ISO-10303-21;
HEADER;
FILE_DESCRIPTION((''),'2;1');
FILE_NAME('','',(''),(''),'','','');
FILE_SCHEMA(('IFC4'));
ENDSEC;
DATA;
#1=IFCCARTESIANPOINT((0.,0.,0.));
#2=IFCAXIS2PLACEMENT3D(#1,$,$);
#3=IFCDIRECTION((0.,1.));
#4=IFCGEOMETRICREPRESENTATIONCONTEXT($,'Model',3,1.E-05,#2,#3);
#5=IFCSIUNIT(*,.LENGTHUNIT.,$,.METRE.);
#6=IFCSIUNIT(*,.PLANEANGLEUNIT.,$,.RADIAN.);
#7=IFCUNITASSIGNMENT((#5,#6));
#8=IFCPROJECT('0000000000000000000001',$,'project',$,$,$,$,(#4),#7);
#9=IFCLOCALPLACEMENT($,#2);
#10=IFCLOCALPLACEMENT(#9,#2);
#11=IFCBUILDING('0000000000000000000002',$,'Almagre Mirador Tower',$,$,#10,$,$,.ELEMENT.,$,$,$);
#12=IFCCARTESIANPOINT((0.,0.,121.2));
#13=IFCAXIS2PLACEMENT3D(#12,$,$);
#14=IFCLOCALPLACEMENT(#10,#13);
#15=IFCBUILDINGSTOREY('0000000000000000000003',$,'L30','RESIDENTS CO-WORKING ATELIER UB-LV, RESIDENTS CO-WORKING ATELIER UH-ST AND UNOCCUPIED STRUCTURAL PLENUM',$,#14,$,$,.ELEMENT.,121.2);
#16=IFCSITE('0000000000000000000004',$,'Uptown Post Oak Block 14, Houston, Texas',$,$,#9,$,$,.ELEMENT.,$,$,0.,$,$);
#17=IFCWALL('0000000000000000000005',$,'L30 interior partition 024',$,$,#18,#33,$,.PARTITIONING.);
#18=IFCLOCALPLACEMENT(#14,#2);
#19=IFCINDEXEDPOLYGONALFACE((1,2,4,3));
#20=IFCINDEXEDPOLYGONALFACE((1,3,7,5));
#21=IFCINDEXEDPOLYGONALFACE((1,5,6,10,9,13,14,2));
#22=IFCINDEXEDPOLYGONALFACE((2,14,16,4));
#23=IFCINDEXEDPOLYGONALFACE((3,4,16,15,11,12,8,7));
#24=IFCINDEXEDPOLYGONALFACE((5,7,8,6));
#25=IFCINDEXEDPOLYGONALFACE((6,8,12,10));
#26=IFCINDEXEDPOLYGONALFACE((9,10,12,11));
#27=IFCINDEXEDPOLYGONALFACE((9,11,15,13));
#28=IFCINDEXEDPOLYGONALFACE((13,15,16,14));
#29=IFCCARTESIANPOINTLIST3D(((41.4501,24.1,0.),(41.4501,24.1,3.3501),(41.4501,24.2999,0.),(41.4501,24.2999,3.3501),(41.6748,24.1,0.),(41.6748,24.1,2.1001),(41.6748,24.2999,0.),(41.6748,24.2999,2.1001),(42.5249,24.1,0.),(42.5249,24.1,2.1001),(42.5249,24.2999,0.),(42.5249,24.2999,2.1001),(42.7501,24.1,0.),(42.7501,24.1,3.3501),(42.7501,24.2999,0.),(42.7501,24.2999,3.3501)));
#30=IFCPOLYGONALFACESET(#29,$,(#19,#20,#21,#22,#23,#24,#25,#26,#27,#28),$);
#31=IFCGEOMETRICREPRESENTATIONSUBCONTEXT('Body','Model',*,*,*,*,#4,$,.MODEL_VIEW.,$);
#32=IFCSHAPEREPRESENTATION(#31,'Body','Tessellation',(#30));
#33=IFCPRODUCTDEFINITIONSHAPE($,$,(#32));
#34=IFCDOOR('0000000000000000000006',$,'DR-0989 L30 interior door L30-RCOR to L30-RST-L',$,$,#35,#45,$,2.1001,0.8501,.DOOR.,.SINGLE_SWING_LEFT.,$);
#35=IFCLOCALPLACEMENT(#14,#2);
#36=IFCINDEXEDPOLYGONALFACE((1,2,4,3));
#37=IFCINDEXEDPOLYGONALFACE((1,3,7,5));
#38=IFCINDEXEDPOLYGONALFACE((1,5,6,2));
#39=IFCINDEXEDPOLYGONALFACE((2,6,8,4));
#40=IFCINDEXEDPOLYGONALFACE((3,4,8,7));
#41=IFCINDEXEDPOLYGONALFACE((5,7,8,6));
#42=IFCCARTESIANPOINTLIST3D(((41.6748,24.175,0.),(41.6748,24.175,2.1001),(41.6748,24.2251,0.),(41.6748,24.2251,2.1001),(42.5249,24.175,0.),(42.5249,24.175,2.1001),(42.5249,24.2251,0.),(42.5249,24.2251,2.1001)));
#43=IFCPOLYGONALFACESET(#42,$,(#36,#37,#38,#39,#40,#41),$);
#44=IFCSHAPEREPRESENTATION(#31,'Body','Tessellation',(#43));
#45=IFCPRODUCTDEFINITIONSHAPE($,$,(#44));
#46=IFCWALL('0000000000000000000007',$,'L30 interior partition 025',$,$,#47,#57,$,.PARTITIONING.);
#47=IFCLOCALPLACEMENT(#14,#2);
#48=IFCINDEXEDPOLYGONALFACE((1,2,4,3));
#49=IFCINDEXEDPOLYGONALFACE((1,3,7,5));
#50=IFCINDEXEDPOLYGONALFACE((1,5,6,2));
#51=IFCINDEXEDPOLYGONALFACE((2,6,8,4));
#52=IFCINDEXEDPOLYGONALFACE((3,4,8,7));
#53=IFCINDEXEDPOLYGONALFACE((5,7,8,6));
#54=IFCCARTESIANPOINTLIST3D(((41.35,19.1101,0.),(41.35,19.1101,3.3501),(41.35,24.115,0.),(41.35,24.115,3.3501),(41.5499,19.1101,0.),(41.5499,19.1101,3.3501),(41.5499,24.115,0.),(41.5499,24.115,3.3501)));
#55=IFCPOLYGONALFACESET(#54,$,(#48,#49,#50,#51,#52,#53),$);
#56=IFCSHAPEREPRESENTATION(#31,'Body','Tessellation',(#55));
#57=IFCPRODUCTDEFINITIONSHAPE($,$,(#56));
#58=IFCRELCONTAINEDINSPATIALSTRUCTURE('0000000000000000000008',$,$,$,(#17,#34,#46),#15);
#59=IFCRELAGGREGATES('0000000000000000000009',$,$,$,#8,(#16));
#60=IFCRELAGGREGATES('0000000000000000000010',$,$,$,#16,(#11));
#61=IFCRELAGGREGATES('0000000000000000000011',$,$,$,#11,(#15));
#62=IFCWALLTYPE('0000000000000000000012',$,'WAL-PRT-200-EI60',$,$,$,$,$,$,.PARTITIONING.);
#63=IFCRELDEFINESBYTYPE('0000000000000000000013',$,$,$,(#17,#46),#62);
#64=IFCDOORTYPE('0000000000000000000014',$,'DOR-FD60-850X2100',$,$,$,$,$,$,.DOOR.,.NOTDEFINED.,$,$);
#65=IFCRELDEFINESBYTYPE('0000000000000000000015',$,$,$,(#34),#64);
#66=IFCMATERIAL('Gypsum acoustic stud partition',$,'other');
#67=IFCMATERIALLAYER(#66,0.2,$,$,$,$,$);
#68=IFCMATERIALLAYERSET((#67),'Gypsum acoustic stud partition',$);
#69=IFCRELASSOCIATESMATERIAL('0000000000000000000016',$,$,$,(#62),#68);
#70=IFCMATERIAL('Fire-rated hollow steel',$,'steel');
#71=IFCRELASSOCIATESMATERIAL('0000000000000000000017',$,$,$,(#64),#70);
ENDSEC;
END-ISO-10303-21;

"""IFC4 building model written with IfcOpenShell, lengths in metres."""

from ifc_helpers import new_model, si_unit, direction, frame, frame_2d, origin, place, context, subcontext, project, spatial, rectangle, extrude, material, layer, layer_set, type_object, element, fill, save


model = new_model("IFC4")

# Units and contexts
model_context = context("Model", 3, precision=1e-05, world=origin(), true_north=direction((0.0, 1.0)))
body_context = subcontext(model_context, "Body", "Model", "MODEL_VIEW")
ifc_project = project(units=[si_unit("LENGTHUNIT", "METRE"), si_unit("PLANEANGLEUNIT", "RADIAN")], contexts=[model_context])

# Site, building, storey
site_placement = place(None, origin())
site = spatial("IfcSite", under=ifc_project, at=site_placement, Name="Uptown Post Oak Block 14, Houston, Texas", CompositionType="ELEMENT", RefElevation=0.0)
building_placement = place(site_placement, origin())
building = spatial("IfcBuilding", under=site, at=building_placement, Name="Almagre Mirador Tower", CompositionType="ELEMENT")
storey_placement = place(building_placement, frame((0.0, 0.0, 121.2)))
storey = spatial("IfcBuildingStorey", under=building, at=storey_placement, Name="L30", Description="RESIDENTS CO-WORKING ATELIER UB-LV, RESIDENTS CO-WORKING ATELIER UH-ST AND UNOCCUPIED STRUCTURAL PLENUM", CompositionType="ELEMENT", Elevation=121.2)

# Shared definitions
ifc_material_1 = material(Name="Gypsum acoustic stud partition", Category="other")
ifc_layer_1 = layer(ifc_material_1, 0.2)
ifc_layer_set_1 = layer_set([ifc_layer_1], Name="Gypsum acoustic stud partition")
wall_type_1 = type_object("IfcWallType", Name="WAL-PRT-200-EI60", PredefinedType="PARTITIONING", material=ifc_layer_set_1)

# Wall, opening, door
wall_1_placement = place(storey_placement, frame((42.75, 24.2, 0.0), z_axis=(0.0, 0.0, 1.0), x_axis=(-1.0, 0.0, 0.0)))
wall_1 = element("IfcWall", 1, at=wall_1_placement, inside=storey, type_object=wall_type_1, Name="L30 interior partition 024", PredefinedType="PARTITIONING", context=body_context, shape_type="SweptSolid", body=[
    extrude(rectangle(XDim=1.3, YDim=0.2, at=frame_2d((0.6499, 0.0))), origin(), (0.0, 0.0, 1.0), 3.3501),
])
opening_1_placement = place(wall_1_placement, frame((0.2251, 0.0, 0.0)))
opening_1 = element("IfcOpeningElement", 2, at=opening_1_placement, cuts=wall_1, PredefinedType="OPENING", context=body_context, shape_type="SweptSolid", body=[
    extrude(rectangle(XDim=0.8501, YDim=2.1001, at=frame_2d((0.425, 1.05))), frame((0.0, 0.1101, 0.0), z_axis=(0.0, -1.0, 0.0), x_axis=(1.0, 0.0, 0.0)), (0.0, 0.0, 1.0), 0.22),
])
ifc_material_2 = material(Name="Fire-rated hollow steel", Category="steel")
door_type_1 = type_object("IfcDoorType", Name="DOR-FD60-850X2100", OperationType="NOTDEFINED", PredefinedType="DOOR", material=ifc_material_2)
door_1_placement = place(opening_1_placement, origin())
door_1 = element("IfcDoor", 3, at=door_1_placement, inside=storey, type_object=door_type_1, Name="DR-0989 L30 interior door L30-RCOR to L30-RST-L", OperationType="SINGLE_SWING_LEFT", OverallHeight=2.1001, OverallWidth=0.8501, PredefinedType="DOOR", context=body_context, shape_type="SweptSolid", body=[
    extrude(rectangle(XDim=0.8501, YDim=2.1001, at=frame_2d((0.425, 1.05))), frame((0.0, 0.0249, 0.0), z_axis=(0.0, -1.0, 0.0), x_axis=(1.0, 0.0, 0.0)), (0.0, 0.0, 1.0), 0.05),
])
fill(opening_1, door_1)

# Wall
wall_2_placement = place(storey_placement, frame((41.45, 24.115, 0.0), z_axis=(0.0, 0.0, 1.0), x_axis=(0.0, -1.0, 0.0)))
element("IfcWall", 4, at=wall_2_placement, inside=storey, type_object=wall_type_1, Name="L30 interior partition 025", PredefinedType="PARTITIONING", context=body_context, shape_type="SweptSolid", body=[
    extrude(rectangle(XDim=5.0049, YDim=0.2, at=frame_2d((2.5024, 0.0))), origin(), (0.0, 0.0, 1.0), 3.3501),
])

save(model, "model.ifc")
